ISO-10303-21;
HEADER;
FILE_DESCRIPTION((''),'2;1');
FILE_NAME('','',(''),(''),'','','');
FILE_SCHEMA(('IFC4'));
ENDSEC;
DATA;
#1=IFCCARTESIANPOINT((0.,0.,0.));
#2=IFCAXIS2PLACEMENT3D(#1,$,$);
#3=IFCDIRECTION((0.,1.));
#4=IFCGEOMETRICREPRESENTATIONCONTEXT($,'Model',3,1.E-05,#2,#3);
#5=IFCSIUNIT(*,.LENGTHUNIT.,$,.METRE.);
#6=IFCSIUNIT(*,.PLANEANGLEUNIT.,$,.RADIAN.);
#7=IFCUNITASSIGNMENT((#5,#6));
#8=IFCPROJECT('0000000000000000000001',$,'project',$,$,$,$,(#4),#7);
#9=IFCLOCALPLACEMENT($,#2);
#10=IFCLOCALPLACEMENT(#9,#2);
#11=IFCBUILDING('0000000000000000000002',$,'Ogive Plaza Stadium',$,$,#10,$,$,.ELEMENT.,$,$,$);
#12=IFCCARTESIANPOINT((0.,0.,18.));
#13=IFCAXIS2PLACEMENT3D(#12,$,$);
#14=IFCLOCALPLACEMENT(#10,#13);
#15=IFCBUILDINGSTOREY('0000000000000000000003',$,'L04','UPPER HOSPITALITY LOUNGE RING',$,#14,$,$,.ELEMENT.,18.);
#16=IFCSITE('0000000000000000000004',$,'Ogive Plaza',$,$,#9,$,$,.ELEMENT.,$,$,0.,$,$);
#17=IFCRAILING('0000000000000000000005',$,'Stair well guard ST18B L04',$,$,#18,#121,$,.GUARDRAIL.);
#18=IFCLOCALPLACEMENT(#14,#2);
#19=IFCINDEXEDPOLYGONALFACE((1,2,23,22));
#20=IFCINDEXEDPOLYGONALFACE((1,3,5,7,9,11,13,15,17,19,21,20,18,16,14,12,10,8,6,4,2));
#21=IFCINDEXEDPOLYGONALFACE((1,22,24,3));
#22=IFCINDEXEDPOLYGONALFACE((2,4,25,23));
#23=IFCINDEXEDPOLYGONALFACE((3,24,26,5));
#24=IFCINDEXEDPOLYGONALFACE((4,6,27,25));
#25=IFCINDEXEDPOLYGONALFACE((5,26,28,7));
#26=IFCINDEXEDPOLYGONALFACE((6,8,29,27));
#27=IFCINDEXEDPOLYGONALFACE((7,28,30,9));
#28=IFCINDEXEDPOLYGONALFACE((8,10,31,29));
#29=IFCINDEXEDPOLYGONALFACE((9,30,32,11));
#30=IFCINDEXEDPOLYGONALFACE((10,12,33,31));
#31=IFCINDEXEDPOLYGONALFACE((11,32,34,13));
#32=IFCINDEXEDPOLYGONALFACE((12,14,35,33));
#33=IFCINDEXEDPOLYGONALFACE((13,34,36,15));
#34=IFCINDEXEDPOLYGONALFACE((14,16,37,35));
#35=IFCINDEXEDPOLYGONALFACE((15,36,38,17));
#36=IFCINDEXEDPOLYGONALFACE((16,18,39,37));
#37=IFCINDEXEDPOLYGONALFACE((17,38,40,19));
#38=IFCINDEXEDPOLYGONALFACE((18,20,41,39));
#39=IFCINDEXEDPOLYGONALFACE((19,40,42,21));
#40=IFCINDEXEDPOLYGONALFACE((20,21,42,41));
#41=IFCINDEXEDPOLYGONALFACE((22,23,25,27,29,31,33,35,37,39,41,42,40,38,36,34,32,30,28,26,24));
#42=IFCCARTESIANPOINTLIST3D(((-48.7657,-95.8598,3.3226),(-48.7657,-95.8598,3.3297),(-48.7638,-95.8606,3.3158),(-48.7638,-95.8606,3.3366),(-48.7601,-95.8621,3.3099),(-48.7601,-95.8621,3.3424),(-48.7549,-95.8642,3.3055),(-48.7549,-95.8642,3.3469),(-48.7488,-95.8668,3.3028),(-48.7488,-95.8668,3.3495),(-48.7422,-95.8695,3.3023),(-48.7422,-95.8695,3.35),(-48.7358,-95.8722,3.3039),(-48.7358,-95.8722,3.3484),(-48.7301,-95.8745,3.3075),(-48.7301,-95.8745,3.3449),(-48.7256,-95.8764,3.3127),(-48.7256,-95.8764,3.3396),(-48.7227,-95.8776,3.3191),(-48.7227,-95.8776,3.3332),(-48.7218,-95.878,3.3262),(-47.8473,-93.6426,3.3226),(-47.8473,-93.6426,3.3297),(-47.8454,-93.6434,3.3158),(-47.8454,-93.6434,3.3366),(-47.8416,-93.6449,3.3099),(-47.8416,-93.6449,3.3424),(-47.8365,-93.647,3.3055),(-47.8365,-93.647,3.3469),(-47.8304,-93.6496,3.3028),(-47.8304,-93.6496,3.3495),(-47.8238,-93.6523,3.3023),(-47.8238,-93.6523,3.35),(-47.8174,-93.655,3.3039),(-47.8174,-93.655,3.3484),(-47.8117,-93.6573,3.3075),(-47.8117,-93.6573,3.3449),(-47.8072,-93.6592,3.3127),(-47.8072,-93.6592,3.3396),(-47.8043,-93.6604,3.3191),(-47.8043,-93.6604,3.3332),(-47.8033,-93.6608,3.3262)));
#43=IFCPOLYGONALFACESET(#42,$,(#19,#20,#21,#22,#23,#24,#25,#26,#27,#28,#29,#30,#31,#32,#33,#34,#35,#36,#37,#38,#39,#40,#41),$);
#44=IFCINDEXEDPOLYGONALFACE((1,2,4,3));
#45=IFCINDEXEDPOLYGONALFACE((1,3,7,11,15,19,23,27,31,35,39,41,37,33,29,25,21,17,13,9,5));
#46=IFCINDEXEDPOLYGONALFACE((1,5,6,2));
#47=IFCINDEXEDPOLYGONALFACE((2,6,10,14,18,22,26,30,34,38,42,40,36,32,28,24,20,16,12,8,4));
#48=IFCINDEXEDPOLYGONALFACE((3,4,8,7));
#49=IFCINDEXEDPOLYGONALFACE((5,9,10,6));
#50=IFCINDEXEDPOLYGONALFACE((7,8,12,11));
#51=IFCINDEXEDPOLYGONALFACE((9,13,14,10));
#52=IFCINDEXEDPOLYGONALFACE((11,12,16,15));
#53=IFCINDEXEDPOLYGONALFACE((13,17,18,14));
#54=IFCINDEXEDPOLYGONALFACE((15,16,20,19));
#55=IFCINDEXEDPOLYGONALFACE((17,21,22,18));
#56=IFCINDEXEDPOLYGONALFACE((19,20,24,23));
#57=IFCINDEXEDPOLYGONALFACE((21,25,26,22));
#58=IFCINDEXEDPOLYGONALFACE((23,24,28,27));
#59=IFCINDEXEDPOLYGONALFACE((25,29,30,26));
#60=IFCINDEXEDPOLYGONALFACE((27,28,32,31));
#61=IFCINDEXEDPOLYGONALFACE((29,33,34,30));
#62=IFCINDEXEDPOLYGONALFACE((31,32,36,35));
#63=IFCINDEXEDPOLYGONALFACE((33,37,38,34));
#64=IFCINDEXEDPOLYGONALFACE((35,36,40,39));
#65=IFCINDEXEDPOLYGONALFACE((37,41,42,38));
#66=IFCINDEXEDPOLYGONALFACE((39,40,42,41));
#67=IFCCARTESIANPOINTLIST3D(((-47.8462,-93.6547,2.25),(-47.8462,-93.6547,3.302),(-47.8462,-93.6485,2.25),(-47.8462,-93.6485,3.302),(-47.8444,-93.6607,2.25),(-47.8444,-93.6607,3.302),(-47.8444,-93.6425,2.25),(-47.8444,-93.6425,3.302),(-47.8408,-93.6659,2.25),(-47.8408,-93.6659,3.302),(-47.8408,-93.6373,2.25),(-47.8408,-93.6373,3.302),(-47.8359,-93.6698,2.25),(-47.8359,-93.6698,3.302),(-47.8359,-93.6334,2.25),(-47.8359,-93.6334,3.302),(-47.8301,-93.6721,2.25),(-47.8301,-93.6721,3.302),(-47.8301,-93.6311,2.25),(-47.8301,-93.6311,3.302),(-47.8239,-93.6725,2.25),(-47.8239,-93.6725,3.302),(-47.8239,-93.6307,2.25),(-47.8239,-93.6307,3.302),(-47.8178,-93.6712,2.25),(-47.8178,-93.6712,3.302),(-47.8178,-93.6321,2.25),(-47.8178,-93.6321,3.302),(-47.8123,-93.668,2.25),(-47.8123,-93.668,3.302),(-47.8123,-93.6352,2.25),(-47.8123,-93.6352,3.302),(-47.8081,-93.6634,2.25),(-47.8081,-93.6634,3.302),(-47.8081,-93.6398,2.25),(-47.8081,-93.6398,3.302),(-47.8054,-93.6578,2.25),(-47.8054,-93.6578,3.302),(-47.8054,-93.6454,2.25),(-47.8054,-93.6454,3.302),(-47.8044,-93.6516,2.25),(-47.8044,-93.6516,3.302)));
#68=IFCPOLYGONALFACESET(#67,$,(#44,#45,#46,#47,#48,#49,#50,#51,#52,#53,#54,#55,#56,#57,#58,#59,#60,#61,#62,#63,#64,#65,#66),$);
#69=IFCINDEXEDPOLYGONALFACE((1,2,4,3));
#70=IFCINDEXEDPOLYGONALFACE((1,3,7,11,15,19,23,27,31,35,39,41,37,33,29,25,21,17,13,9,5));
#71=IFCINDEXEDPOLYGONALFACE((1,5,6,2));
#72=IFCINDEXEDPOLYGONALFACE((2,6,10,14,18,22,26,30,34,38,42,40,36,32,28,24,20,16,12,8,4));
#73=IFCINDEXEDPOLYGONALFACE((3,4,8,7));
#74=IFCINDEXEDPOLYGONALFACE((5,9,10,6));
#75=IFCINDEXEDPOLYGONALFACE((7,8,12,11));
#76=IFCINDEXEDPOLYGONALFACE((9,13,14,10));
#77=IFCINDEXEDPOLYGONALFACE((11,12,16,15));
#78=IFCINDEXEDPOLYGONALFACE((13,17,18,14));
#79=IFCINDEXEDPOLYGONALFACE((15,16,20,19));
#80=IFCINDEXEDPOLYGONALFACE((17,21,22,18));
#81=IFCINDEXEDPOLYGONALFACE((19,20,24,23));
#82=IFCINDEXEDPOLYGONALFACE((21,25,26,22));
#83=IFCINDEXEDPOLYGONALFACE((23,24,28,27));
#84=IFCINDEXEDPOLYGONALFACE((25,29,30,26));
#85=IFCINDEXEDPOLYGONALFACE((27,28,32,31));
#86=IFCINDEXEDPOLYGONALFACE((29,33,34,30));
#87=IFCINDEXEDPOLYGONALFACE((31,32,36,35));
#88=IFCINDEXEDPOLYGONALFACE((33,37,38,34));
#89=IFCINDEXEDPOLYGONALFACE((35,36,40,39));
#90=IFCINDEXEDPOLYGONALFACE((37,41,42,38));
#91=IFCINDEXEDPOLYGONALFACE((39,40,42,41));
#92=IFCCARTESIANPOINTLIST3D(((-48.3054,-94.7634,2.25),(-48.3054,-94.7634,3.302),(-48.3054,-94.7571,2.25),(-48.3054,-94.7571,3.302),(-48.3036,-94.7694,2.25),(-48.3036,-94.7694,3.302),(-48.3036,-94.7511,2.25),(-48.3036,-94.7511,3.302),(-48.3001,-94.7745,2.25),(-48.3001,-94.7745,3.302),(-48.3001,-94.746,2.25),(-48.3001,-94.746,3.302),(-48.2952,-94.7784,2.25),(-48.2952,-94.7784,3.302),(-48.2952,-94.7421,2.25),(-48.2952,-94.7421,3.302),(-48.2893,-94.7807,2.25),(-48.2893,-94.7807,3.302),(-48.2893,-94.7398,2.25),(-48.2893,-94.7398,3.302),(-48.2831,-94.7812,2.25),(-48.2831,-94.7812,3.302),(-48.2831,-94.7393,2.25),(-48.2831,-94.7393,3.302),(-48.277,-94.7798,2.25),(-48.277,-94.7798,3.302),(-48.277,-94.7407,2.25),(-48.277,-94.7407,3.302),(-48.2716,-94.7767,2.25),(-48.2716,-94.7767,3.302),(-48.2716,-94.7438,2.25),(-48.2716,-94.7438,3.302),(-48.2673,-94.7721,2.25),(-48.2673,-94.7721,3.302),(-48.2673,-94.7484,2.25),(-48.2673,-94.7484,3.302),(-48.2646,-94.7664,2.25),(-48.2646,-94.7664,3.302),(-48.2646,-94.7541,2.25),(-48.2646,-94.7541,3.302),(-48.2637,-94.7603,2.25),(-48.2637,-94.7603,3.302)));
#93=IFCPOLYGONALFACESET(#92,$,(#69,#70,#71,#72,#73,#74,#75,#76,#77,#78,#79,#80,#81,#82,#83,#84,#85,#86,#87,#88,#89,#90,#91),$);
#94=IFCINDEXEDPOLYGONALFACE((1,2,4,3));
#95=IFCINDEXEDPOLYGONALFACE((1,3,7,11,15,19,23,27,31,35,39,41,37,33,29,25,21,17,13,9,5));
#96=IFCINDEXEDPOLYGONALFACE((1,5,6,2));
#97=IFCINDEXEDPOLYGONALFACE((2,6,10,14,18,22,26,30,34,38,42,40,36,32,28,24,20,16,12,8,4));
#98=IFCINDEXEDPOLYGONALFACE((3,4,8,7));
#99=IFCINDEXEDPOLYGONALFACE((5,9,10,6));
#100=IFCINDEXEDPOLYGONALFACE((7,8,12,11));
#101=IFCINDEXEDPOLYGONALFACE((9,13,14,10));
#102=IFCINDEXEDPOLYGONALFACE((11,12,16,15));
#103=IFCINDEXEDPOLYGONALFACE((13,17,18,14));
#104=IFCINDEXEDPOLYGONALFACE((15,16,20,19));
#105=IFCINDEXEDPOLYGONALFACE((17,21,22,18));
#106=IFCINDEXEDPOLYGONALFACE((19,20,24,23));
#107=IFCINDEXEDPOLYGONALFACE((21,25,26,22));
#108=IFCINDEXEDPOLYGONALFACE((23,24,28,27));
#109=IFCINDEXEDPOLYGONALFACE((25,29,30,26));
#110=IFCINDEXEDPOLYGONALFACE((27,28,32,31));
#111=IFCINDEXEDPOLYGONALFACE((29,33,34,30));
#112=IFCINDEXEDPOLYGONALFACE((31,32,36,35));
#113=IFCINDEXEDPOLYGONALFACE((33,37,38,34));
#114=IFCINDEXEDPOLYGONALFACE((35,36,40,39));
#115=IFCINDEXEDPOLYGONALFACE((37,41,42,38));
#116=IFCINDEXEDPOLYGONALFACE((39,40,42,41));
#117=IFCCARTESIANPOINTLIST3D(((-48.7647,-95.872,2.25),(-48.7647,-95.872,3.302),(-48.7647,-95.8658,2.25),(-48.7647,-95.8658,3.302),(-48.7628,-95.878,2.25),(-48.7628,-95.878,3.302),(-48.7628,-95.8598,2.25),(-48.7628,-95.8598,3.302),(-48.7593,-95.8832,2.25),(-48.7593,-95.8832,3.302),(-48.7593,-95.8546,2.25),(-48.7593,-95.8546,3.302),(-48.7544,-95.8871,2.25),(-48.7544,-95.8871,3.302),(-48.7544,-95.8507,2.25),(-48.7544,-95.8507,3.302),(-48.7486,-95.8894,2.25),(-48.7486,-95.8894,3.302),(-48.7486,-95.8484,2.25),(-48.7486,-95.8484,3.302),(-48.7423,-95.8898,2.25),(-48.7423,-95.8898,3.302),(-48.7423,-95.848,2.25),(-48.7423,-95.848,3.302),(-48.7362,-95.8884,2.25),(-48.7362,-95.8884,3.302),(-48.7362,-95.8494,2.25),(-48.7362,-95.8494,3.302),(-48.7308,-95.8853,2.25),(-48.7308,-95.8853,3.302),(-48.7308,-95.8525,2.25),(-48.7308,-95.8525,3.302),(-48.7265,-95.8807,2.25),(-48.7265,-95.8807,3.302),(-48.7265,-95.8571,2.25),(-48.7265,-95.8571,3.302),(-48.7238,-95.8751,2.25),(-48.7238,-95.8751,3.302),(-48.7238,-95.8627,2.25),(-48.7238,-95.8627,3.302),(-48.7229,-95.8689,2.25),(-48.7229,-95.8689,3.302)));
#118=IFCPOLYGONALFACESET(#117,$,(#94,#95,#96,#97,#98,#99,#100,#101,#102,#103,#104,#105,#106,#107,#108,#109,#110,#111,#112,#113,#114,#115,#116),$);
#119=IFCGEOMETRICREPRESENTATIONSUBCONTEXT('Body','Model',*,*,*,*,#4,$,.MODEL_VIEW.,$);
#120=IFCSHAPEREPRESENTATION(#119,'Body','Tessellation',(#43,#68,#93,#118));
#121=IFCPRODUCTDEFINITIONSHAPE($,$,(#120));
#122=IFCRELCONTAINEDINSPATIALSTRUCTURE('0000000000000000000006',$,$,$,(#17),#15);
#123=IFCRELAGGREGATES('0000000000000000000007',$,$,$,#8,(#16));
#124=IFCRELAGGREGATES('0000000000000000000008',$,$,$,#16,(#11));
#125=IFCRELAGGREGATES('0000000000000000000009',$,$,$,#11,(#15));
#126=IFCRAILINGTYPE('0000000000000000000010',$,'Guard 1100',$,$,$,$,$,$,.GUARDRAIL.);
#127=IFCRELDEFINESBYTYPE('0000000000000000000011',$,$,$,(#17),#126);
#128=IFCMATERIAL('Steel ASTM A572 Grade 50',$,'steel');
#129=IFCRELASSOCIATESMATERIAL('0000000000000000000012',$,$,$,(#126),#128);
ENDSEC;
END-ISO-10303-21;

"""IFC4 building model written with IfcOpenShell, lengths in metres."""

from ifc_helpers import new_model, si_unit, direction, frame, origin, origin_2d, place, context, subcontext, project, spatial, circle, extrude, material, type_object, element, save


model = new_model("IFC4")

# Units and contexts
model_context = context("Model", 3, precision=1e-05, world=origin(), true_north=direction((0.0, 1.0)))
body_context = subcontext(model_context, "Body", "Model", "MODEL_VIEW")
ifc_project = project(units=[si_unit("LENGTHUNIT", "METRE"), si_unit("PLANEANGLEUNIT", "RADIAN")], contexts=[model_context])

# Site, building, storey
site_placement = place(None, origin())
site = spatial("IfcSite", under=ifc_project, at=site_placement, Name="Ogive Plaza", CompositionType="ELEMENT", RefElevation=0.0)
building_placement = place(site_placement, origin())
building = spatial("IfcBuilding", under=site, at=building_placement, Name="Ogive Plaza Stadium", CompositionType="ELEMENT")
storey_placement = place(building_placement, frame((0.0, 0.0, 18.0)))
storey = spatial("IfcBuildingStorey", under=building, at=storey_placement, Name="L04", Description="UPPER HOSPITALITY LOUNGE RING", CompositionType="ELEMENT", Elevation=18.0)

# Railing
ifc_material_1 = material(Name="Steel ASTM A572 Grade 50", Category="steel")
railing_type_1 = type_object("IfcRailingType", Name="Guard 1100", PredefinedType="GUARDRAIL", material=ifc_material_1)
for number, where, name in (
    (1, (-47.8254, -93.6516, 2.25), "Stair well guard ST18B L04"),
):
    element("IfcRailing", number, at=place(storey_placement, frame(where)), inside=storey, type_object=railing_type_1, Name=name, PredefinedType="GUARDRAIL", context=body_context, shape_type="SweptSolid", body=[
        extrude(circle(Radius=0.0239, at=origin_2d()), frame((0.0, 0.0, 1.0762), z_axis=(-0.382693, -0.923875, 0.0), x_axis=(0.923875, -0.382693, 0.0)), (0.0, 0.0, 1.0), 2.3999),
        extrude(circle(Radius=0.021, at=origin_2d()), origin(), (0.0, 0.0, 1.0), 1.052),
        extrude(circle(Radius=0.021, at=origin_2d()), frame((-0.4592, -1.1086, 0.0)), (0.0, 0.0, 1.0), 1.052),
        extrude(circle(Radius=0.021, at=origin_2d()), frame((-0.9185, -2.2173, 0.0)), (0.0, 0.0, 1.0), 1.052),
    ])

save(model, "model.ifc")
